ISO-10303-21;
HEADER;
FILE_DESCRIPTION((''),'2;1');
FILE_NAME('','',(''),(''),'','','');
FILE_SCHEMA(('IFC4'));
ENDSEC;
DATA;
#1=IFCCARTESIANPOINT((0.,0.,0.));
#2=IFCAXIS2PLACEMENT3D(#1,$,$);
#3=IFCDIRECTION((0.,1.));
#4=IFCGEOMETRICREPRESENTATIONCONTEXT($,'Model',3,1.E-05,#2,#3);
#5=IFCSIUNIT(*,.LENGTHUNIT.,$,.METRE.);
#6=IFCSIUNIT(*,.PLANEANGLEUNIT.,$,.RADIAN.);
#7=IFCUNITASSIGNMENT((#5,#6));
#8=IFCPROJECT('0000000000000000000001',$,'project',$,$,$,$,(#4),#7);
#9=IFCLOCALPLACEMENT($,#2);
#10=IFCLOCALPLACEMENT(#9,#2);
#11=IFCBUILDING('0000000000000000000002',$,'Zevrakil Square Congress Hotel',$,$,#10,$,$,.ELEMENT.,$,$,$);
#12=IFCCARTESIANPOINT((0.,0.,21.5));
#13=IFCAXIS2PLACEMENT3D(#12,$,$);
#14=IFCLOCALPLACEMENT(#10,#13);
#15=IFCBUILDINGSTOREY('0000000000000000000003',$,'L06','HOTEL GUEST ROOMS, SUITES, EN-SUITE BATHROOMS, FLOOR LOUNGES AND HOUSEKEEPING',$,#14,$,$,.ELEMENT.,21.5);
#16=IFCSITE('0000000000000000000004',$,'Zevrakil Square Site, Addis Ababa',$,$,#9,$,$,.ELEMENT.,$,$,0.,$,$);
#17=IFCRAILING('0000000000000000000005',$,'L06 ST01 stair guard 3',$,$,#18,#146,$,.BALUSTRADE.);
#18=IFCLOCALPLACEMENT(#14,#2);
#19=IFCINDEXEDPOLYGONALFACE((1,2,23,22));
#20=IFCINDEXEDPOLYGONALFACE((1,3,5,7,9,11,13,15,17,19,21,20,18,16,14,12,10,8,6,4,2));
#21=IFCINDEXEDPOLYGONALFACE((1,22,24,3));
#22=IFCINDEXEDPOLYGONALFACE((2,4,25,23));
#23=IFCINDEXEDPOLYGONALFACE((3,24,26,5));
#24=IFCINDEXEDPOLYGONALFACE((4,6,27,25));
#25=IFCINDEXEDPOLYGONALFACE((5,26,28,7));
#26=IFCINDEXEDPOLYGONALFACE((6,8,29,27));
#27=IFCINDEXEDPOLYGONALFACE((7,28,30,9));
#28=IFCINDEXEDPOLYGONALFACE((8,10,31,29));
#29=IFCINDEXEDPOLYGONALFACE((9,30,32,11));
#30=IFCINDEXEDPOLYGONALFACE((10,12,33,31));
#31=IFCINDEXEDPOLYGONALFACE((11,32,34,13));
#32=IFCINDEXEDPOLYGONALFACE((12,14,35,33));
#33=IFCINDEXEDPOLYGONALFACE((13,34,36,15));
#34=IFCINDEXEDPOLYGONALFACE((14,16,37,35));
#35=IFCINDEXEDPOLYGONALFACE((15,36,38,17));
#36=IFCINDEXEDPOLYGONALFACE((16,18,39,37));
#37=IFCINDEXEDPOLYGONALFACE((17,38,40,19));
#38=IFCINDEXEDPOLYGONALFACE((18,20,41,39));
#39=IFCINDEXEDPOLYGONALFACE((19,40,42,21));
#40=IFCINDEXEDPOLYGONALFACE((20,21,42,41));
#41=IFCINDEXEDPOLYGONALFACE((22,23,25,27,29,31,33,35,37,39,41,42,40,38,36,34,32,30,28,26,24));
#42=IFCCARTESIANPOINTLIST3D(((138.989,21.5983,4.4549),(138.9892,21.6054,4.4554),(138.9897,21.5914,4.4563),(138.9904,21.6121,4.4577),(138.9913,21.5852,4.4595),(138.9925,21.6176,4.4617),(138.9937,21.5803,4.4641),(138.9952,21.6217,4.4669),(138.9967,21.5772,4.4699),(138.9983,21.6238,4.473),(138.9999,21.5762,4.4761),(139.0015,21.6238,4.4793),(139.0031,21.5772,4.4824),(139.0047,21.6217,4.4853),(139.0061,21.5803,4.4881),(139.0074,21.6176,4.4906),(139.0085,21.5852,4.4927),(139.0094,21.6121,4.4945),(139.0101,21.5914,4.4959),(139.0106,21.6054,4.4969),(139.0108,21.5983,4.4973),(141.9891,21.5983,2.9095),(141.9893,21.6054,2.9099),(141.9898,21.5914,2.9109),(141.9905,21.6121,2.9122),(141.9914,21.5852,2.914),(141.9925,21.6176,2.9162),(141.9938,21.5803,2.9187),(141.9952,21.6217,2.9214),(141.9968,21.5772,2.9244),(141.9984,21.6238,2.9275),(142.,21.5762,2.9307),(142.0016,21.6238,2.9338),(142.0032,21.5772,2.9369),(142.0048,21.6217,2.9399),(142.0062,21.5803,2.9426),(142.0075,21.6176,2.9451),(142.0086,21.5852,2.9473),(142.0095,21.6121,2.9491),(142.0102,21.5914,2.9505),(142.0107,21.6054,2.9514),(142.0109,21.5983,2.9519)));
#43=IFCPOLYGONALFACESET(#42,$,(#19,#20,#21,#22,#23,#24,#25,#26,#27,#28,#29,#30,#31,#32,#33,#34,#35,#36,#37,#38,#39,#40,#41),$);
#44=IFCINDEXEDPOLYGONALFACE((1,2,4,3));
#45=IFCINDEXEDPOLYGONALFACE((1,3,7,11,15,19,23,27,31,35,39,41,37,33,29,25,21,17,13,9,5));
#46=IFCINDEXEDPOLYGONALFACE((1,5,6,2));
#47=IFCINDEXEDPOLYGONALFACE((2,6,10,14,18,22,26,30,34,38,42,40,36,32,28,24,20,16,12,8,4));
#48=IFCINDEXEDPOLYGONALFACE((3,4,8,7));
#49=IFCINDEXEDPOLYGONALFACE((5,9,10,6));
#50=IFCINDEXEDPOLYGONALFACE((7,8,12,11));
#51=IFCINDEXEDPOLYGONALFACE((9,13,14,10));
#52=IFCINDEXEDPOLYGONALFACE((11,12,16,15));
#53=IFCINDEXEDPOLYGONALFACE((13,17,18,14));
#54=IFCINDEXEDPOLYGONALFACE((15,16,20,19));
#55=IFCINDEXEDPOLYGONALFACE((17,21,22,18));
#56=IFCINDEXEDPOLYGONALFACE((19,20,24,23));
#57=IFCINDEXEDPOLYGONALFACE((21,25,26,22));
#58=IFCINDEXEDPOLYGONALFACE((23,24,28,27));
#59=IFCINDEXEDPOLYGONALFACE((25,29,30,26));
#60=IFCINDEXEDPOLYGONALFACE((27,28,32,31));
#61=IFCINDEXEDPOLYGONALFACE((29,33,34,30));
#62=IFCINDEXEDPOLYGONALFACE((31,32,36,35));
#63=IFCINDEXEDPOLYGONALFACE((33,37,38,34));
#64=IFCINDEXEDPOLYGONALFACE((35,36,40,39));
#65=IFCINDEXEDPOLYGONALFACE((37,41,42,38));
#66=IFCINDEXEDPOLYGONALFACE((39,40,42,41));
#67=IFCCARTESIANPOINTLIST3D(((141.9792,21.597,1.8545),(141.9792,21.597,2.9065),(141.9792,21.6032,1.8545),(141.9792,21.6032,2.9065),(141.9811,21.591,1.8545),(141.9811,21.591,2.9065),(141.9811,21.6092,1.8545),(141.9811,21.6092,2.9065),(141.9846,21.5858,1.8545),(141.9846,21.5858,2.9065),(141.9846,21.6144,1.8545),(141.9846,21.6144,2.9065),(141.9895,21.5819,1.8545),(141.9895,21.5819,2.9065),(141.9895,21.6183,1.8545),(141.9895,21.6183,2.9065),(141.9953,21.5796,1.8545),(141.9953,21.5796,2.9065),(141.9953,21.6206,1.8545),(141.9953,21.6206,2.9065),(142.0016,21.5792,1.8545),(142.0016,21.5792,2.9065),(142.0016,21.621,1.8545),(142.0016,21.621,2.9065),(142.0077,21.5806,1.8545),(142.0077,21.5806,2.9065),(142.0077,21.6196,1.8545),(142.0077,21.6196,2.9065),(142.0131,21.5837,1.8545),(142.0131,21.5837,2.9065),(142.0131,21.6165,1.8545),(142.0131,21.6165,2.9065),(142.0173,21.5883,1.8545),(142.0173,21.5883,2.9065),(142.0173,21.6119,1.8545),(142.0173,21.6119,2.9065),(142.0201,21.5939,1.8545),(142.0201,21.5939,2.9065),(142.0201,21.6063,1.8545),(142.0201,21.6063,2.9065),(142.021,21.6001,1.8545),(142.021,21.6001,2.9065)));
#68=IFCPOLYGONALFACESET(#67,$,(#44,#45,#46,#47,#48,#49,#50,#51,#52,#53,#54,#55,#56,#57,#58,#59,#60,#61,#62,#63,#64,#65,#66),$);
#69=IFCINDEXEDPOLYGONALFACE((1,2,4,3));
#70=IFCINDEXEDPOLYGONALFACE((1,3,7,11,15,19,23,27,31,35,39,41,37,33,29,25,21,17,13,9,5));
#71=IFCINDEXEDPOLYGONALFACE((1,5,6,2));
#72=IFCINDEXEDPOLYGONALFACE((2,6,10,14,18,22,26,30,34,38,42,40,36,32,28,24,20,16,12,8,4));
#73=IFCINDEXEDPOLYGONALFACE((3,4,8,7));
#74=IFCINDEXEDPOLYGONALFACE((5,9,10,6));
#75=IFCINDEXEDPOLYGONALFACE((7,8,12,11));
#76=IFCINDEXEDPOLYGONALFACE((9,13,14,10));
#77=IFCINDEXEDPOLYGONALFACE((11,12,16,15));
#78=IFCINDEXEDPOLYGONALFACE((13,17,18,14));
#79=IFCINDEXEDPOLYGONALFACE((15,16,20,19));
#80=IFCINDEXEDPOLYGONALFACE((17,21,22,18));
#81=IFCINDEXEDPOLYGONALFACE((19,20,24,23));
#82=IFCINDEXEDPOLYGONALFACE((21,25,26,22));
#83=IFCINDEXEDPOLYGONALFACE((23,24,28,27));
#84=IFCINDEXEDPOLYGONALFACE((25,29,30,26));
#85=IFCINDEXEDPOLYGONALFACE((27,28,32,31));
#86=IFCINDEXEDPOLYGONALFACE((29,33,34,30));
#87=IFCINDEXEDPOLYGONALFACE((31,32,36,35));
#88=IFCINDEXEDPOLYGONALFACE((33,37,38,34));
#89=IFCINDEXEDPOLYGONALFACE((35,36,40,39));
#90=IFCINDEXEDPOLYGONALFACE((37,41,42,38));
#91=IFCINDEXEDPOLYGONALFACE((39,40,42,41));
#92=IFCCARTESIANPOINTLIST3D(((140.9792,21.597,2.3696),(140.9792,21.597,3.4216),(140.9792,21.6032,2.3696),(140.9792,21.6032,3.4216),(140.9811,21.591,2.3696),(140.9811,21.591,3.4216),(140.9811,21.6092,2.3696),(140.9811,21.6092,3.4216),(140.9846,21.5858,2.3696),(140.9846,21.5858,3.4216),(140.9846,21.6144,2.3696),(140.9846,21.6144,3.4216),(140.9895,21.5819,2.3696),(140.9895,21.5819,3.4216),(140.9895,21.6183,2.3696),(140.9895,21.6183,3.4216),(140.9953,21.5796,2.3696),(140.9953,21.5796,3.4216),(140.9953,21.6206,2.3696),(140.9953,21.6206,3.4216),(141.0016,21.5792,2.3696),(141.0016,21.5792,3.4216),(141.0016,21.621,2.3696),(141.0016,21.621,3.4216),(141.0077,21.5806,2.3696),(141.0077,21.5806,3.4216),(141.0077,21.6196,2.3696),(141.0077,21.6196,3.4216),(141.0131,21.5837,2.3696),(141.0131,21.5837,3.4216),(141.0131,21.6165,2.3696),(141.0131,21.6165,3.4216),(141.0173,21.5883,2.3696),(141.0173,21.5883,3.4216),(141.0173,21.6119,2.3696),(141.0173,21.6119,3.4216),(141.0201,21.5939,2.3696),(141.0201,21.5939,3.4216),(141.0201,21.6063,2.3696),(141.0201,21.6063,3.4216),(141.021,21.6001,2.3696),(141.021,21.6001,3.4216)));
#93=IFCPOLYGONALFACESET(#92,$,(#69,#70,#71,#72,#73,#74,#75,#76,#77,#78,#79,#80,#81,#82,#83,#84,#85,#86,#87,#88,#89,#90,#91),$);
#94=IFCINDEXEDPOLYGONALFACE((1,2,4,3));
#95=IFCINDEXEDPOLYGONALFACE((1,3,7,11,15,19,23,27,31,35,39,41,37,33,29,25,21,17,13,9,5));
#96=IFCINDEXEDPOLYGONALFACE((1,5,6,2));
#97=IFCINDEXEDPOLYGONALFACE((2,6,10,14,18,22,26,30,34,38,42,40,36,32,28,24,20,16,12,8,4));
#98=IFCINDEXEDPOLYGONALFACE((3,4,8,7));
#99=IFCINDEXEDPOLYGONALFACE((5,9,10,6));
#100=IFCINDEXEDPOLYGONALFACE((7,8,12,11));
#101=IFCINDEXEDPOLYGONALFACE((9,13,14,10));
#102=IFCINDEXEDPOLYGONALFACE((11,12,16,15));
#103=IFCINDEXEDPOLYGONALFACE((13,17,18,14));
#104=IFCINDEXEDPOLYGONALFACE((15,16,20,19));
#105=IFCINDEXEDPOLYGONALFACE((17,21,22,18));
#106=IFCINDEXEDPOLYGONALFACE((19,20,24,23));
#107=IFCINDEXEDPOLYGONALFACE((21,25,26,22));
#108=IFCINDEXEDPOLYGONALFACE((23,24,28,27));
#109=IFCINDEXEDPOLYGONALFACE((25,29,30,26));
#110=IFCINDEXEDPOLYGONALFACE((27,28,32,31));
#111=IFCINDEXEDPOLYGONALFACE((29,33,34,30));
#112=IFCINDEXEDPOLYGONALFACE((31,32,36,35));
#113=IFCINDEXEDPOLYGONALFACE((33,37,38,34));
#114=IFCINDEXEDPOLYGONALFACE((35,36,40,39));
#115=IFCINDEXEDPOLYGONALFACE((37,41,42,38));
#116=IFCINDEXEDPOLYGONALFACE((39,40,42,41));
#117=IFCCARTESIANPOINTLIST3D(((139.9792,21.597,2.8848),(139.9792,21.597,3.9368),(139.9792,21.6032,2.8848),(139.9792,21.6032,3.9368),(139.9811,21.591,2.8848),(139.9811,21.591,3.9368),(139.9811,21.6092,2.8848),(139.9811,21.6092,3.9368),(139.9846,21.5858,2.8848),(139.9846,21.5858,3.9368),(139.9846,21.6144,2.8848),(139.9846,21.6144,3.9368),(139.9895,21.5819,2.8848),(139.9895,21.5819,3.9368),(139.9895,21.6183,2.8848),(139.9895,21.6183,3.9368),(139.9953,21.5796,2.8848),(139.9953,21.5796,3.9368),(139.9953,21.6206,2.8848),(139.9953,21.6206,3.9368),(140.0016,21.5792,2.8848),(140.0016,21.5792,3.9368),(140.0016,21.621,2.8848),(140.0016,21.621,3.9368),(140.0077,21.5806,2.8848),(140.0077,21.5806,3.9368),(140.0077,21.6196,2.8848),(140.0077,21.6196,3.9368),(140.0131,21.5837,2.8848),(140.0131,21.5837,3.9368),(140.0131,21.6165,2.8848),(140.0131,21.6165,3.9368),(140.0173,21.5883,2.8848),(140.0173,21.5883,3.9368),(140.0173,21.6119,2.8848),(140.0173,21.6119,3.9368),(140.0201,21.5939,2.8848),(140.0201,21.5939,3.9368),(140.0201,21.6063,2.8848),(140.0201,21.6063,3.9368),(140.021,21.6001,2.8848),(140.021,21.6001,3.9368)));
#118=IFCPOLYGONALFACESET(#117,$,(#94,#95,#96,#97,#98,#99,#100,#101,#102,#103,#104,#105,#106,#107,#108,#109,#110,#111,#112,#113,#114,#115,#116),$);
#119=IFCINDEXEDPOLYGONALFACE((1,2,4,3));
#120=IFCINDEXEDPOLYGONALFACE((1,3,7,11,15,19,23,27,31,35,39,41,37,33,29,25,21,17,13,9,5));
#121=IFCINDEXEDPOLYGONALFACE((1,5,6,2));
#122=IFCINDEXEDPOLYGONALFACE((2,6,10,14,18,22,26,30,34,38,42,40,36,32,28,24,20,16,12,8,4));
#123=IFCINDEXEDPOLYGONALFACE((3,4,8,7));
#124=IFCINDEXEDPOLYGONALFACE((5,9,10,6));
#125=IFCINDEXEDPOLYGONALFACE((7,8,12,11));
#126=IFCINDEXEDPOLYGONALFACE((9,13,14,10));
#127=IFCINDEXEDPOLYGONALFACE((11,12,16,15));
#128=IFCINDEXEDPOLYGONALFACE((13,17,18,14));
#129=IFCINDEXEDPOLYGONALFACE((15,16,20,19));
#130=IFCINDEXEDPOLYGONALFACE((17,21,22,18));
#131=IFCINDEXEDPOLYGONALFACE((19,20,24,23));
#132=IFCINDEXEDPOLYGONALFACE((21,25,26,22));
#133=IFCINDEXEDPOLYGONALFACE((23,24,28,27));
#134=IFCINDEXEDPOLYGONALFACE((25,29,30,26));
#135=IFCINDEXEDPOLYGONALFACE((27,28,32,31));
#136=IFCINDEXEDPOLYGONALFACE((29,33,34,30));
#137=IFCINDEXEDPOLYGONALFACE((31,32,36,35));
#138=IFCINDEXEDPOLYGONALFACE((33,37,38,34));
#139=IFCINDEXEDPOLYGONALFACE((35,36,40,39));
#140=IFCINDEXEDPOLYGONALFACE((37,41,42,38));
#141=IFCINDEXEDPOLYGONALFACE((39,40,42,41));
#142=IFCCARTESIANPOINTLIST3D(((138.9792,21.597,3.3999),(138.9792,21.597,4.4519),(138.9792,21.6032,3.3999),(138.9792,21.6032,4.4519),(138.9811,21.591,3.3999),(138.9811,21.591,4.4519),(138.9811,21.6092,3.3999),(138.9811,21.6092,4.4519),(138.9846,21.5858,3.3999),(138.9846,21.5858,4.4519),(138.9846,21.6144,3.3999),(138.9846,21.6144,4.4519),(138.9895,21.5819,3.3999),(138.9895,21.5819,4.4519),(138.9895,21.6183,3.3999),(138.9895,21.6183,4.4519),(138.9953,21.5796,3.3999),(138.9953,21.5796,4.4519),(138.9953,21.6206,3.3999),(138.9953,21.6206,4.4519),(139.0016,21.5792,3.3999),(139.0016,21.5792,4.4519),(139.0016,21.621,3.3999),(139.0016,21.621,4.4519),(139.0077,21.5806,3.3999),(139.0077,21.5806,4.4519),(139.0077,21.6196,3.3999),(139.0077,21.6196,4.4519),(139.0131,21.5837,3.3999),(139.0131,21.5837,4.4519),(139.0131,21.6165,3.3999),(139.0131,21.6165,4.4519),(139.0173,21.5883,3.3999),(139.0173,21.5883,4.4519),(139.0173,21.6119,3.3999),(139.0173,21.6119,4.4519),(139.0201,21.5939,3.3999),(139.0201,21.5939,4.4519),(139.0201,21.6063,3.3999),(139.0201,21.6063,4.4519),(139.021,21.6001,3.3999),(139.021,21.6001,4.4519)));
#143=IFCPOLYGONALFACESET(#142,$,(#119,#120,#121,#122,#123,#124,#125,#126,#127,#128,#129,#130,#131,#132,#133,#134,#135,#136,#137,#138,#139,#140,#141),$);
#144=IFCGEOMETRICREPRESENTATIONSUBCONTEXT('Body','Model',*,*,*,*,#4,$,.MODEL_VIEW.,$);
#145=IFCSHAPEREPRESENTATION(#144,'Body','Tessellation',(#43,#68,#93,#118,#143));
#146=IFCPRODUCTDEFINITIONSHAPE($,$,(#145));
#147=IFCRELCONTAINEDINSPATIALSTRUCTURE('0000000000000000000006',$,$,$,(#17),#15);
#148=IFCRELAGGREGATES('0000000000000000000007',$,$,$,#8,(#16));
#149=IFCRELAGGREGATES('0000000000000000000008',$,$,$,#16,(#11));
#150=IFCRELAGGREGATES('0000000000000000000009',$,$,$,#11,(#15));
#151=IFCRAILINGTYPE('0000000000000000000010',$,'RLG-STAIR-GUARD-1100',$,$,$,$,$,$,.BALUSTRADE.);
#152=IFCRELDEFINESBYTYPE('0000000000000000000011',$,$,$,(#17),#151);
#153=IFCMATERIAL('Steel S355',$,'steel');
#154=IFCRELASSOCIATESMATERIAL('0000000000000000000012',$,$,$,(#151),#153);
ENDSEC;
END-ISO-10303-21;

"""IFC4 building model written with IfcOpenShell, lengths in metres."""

from ifc_helpers import new_model, si_unit, direction, frame, origin, origin_2d, place, context, subcontext, project, spatial, circle, extrude, material, type_object, element, save


model = new_model("IFC4")

# Units and contexts
model_context = context("Model", 3, precision=1e-05, world=origin(), true_north=direction((0.0, 1.0)))
body_context = subcontext(model_context, "Body", "Model", "MODEL_VIEW")
ifc_project = project(units=[si_unit("LENGTHUNIT", "METRE"), si_unit("PLANEANGLEUNIT", "RADIAN")], contexts=[model_context])

# Site, building, storey
site_placement = place(None, origin())
site = spatial("IfcSite", under=ifc_project, at=site_placement, Name="Zevrakil Square Site, Addis Ababa", CompositionType="ELEMENT", RefElevation=0.0)
building_placement = place(site_placement, origin())
building = spatial("IfcBuilding", under=site, at=building_placement, Name="Zevrakil Square Congress Hotel", CompositionType="ELEMENT")
storey_placement = place(building_placement, frame((0.0, 0.0, 21.5)))
storey = spatial("IfcBuildingStorey", under=building, at=storey_placement, Name="L06", Description="HOTEL GUEST ROOMS, SUITES, EN-SUITE BATHROOMS, FLOOR LOUNGES AND HOUSEKEEPING", CompositionType="ELEMENT", Elevation=21.5)

# Railing
ifc_material_1 = material(Name="Steel S355", Category="steel")
railing_type_1 = type_object("IfcRailingType", Name="RLG-STAIR-GUARD-1100", PredefinedType="BALUSTRADE", material=ifc_material_1)
railing_1_placement = place(storey_placement, frame((142.0, 21.6001, 1.8545)))
element("IfcRailing", 1, at=railing_1_placement, inside=storey, type_object=railing_type_1, Name="L06 ST01 stair guard 3", PredefinedType="BALUSTRADE", context=body_context, shape_type="SweptSolid", body=[
    extrude(circle(Radius=0.0239, at=origin_2d()), frame((0.0, 0.0, 1.0762), z_axis=(-0.88898, 0.0, 0.457946), x_axis=(0.0, -1.0, 0.0)), (0.0, 0.0, 1.0), 3.3748),
    extrude(circle(Radius=0.021, at=origin_2d()), origin(), (0.0, 0.0, 1.0), 1.052),
    extrude(circle(Radius=0.021, at=origin_2d()), frame((-1.0, 0.0, 0.5151)), (0.0, 0.0, 1.0), 1.052),
    extrude(circle(Radius=0.021, at=origin_2d()), frame((-2.0, 0.0, 1.0303)), (0.0, 0.0, 1.0), 1.052),
    extrude(circle(Radius=0.021, at=origin_2d()), frame((-3.0, 0.0, 1.5454)), (0.0, 0.0, 1.0), 1.052),
])

save(model, "model.ifc")
